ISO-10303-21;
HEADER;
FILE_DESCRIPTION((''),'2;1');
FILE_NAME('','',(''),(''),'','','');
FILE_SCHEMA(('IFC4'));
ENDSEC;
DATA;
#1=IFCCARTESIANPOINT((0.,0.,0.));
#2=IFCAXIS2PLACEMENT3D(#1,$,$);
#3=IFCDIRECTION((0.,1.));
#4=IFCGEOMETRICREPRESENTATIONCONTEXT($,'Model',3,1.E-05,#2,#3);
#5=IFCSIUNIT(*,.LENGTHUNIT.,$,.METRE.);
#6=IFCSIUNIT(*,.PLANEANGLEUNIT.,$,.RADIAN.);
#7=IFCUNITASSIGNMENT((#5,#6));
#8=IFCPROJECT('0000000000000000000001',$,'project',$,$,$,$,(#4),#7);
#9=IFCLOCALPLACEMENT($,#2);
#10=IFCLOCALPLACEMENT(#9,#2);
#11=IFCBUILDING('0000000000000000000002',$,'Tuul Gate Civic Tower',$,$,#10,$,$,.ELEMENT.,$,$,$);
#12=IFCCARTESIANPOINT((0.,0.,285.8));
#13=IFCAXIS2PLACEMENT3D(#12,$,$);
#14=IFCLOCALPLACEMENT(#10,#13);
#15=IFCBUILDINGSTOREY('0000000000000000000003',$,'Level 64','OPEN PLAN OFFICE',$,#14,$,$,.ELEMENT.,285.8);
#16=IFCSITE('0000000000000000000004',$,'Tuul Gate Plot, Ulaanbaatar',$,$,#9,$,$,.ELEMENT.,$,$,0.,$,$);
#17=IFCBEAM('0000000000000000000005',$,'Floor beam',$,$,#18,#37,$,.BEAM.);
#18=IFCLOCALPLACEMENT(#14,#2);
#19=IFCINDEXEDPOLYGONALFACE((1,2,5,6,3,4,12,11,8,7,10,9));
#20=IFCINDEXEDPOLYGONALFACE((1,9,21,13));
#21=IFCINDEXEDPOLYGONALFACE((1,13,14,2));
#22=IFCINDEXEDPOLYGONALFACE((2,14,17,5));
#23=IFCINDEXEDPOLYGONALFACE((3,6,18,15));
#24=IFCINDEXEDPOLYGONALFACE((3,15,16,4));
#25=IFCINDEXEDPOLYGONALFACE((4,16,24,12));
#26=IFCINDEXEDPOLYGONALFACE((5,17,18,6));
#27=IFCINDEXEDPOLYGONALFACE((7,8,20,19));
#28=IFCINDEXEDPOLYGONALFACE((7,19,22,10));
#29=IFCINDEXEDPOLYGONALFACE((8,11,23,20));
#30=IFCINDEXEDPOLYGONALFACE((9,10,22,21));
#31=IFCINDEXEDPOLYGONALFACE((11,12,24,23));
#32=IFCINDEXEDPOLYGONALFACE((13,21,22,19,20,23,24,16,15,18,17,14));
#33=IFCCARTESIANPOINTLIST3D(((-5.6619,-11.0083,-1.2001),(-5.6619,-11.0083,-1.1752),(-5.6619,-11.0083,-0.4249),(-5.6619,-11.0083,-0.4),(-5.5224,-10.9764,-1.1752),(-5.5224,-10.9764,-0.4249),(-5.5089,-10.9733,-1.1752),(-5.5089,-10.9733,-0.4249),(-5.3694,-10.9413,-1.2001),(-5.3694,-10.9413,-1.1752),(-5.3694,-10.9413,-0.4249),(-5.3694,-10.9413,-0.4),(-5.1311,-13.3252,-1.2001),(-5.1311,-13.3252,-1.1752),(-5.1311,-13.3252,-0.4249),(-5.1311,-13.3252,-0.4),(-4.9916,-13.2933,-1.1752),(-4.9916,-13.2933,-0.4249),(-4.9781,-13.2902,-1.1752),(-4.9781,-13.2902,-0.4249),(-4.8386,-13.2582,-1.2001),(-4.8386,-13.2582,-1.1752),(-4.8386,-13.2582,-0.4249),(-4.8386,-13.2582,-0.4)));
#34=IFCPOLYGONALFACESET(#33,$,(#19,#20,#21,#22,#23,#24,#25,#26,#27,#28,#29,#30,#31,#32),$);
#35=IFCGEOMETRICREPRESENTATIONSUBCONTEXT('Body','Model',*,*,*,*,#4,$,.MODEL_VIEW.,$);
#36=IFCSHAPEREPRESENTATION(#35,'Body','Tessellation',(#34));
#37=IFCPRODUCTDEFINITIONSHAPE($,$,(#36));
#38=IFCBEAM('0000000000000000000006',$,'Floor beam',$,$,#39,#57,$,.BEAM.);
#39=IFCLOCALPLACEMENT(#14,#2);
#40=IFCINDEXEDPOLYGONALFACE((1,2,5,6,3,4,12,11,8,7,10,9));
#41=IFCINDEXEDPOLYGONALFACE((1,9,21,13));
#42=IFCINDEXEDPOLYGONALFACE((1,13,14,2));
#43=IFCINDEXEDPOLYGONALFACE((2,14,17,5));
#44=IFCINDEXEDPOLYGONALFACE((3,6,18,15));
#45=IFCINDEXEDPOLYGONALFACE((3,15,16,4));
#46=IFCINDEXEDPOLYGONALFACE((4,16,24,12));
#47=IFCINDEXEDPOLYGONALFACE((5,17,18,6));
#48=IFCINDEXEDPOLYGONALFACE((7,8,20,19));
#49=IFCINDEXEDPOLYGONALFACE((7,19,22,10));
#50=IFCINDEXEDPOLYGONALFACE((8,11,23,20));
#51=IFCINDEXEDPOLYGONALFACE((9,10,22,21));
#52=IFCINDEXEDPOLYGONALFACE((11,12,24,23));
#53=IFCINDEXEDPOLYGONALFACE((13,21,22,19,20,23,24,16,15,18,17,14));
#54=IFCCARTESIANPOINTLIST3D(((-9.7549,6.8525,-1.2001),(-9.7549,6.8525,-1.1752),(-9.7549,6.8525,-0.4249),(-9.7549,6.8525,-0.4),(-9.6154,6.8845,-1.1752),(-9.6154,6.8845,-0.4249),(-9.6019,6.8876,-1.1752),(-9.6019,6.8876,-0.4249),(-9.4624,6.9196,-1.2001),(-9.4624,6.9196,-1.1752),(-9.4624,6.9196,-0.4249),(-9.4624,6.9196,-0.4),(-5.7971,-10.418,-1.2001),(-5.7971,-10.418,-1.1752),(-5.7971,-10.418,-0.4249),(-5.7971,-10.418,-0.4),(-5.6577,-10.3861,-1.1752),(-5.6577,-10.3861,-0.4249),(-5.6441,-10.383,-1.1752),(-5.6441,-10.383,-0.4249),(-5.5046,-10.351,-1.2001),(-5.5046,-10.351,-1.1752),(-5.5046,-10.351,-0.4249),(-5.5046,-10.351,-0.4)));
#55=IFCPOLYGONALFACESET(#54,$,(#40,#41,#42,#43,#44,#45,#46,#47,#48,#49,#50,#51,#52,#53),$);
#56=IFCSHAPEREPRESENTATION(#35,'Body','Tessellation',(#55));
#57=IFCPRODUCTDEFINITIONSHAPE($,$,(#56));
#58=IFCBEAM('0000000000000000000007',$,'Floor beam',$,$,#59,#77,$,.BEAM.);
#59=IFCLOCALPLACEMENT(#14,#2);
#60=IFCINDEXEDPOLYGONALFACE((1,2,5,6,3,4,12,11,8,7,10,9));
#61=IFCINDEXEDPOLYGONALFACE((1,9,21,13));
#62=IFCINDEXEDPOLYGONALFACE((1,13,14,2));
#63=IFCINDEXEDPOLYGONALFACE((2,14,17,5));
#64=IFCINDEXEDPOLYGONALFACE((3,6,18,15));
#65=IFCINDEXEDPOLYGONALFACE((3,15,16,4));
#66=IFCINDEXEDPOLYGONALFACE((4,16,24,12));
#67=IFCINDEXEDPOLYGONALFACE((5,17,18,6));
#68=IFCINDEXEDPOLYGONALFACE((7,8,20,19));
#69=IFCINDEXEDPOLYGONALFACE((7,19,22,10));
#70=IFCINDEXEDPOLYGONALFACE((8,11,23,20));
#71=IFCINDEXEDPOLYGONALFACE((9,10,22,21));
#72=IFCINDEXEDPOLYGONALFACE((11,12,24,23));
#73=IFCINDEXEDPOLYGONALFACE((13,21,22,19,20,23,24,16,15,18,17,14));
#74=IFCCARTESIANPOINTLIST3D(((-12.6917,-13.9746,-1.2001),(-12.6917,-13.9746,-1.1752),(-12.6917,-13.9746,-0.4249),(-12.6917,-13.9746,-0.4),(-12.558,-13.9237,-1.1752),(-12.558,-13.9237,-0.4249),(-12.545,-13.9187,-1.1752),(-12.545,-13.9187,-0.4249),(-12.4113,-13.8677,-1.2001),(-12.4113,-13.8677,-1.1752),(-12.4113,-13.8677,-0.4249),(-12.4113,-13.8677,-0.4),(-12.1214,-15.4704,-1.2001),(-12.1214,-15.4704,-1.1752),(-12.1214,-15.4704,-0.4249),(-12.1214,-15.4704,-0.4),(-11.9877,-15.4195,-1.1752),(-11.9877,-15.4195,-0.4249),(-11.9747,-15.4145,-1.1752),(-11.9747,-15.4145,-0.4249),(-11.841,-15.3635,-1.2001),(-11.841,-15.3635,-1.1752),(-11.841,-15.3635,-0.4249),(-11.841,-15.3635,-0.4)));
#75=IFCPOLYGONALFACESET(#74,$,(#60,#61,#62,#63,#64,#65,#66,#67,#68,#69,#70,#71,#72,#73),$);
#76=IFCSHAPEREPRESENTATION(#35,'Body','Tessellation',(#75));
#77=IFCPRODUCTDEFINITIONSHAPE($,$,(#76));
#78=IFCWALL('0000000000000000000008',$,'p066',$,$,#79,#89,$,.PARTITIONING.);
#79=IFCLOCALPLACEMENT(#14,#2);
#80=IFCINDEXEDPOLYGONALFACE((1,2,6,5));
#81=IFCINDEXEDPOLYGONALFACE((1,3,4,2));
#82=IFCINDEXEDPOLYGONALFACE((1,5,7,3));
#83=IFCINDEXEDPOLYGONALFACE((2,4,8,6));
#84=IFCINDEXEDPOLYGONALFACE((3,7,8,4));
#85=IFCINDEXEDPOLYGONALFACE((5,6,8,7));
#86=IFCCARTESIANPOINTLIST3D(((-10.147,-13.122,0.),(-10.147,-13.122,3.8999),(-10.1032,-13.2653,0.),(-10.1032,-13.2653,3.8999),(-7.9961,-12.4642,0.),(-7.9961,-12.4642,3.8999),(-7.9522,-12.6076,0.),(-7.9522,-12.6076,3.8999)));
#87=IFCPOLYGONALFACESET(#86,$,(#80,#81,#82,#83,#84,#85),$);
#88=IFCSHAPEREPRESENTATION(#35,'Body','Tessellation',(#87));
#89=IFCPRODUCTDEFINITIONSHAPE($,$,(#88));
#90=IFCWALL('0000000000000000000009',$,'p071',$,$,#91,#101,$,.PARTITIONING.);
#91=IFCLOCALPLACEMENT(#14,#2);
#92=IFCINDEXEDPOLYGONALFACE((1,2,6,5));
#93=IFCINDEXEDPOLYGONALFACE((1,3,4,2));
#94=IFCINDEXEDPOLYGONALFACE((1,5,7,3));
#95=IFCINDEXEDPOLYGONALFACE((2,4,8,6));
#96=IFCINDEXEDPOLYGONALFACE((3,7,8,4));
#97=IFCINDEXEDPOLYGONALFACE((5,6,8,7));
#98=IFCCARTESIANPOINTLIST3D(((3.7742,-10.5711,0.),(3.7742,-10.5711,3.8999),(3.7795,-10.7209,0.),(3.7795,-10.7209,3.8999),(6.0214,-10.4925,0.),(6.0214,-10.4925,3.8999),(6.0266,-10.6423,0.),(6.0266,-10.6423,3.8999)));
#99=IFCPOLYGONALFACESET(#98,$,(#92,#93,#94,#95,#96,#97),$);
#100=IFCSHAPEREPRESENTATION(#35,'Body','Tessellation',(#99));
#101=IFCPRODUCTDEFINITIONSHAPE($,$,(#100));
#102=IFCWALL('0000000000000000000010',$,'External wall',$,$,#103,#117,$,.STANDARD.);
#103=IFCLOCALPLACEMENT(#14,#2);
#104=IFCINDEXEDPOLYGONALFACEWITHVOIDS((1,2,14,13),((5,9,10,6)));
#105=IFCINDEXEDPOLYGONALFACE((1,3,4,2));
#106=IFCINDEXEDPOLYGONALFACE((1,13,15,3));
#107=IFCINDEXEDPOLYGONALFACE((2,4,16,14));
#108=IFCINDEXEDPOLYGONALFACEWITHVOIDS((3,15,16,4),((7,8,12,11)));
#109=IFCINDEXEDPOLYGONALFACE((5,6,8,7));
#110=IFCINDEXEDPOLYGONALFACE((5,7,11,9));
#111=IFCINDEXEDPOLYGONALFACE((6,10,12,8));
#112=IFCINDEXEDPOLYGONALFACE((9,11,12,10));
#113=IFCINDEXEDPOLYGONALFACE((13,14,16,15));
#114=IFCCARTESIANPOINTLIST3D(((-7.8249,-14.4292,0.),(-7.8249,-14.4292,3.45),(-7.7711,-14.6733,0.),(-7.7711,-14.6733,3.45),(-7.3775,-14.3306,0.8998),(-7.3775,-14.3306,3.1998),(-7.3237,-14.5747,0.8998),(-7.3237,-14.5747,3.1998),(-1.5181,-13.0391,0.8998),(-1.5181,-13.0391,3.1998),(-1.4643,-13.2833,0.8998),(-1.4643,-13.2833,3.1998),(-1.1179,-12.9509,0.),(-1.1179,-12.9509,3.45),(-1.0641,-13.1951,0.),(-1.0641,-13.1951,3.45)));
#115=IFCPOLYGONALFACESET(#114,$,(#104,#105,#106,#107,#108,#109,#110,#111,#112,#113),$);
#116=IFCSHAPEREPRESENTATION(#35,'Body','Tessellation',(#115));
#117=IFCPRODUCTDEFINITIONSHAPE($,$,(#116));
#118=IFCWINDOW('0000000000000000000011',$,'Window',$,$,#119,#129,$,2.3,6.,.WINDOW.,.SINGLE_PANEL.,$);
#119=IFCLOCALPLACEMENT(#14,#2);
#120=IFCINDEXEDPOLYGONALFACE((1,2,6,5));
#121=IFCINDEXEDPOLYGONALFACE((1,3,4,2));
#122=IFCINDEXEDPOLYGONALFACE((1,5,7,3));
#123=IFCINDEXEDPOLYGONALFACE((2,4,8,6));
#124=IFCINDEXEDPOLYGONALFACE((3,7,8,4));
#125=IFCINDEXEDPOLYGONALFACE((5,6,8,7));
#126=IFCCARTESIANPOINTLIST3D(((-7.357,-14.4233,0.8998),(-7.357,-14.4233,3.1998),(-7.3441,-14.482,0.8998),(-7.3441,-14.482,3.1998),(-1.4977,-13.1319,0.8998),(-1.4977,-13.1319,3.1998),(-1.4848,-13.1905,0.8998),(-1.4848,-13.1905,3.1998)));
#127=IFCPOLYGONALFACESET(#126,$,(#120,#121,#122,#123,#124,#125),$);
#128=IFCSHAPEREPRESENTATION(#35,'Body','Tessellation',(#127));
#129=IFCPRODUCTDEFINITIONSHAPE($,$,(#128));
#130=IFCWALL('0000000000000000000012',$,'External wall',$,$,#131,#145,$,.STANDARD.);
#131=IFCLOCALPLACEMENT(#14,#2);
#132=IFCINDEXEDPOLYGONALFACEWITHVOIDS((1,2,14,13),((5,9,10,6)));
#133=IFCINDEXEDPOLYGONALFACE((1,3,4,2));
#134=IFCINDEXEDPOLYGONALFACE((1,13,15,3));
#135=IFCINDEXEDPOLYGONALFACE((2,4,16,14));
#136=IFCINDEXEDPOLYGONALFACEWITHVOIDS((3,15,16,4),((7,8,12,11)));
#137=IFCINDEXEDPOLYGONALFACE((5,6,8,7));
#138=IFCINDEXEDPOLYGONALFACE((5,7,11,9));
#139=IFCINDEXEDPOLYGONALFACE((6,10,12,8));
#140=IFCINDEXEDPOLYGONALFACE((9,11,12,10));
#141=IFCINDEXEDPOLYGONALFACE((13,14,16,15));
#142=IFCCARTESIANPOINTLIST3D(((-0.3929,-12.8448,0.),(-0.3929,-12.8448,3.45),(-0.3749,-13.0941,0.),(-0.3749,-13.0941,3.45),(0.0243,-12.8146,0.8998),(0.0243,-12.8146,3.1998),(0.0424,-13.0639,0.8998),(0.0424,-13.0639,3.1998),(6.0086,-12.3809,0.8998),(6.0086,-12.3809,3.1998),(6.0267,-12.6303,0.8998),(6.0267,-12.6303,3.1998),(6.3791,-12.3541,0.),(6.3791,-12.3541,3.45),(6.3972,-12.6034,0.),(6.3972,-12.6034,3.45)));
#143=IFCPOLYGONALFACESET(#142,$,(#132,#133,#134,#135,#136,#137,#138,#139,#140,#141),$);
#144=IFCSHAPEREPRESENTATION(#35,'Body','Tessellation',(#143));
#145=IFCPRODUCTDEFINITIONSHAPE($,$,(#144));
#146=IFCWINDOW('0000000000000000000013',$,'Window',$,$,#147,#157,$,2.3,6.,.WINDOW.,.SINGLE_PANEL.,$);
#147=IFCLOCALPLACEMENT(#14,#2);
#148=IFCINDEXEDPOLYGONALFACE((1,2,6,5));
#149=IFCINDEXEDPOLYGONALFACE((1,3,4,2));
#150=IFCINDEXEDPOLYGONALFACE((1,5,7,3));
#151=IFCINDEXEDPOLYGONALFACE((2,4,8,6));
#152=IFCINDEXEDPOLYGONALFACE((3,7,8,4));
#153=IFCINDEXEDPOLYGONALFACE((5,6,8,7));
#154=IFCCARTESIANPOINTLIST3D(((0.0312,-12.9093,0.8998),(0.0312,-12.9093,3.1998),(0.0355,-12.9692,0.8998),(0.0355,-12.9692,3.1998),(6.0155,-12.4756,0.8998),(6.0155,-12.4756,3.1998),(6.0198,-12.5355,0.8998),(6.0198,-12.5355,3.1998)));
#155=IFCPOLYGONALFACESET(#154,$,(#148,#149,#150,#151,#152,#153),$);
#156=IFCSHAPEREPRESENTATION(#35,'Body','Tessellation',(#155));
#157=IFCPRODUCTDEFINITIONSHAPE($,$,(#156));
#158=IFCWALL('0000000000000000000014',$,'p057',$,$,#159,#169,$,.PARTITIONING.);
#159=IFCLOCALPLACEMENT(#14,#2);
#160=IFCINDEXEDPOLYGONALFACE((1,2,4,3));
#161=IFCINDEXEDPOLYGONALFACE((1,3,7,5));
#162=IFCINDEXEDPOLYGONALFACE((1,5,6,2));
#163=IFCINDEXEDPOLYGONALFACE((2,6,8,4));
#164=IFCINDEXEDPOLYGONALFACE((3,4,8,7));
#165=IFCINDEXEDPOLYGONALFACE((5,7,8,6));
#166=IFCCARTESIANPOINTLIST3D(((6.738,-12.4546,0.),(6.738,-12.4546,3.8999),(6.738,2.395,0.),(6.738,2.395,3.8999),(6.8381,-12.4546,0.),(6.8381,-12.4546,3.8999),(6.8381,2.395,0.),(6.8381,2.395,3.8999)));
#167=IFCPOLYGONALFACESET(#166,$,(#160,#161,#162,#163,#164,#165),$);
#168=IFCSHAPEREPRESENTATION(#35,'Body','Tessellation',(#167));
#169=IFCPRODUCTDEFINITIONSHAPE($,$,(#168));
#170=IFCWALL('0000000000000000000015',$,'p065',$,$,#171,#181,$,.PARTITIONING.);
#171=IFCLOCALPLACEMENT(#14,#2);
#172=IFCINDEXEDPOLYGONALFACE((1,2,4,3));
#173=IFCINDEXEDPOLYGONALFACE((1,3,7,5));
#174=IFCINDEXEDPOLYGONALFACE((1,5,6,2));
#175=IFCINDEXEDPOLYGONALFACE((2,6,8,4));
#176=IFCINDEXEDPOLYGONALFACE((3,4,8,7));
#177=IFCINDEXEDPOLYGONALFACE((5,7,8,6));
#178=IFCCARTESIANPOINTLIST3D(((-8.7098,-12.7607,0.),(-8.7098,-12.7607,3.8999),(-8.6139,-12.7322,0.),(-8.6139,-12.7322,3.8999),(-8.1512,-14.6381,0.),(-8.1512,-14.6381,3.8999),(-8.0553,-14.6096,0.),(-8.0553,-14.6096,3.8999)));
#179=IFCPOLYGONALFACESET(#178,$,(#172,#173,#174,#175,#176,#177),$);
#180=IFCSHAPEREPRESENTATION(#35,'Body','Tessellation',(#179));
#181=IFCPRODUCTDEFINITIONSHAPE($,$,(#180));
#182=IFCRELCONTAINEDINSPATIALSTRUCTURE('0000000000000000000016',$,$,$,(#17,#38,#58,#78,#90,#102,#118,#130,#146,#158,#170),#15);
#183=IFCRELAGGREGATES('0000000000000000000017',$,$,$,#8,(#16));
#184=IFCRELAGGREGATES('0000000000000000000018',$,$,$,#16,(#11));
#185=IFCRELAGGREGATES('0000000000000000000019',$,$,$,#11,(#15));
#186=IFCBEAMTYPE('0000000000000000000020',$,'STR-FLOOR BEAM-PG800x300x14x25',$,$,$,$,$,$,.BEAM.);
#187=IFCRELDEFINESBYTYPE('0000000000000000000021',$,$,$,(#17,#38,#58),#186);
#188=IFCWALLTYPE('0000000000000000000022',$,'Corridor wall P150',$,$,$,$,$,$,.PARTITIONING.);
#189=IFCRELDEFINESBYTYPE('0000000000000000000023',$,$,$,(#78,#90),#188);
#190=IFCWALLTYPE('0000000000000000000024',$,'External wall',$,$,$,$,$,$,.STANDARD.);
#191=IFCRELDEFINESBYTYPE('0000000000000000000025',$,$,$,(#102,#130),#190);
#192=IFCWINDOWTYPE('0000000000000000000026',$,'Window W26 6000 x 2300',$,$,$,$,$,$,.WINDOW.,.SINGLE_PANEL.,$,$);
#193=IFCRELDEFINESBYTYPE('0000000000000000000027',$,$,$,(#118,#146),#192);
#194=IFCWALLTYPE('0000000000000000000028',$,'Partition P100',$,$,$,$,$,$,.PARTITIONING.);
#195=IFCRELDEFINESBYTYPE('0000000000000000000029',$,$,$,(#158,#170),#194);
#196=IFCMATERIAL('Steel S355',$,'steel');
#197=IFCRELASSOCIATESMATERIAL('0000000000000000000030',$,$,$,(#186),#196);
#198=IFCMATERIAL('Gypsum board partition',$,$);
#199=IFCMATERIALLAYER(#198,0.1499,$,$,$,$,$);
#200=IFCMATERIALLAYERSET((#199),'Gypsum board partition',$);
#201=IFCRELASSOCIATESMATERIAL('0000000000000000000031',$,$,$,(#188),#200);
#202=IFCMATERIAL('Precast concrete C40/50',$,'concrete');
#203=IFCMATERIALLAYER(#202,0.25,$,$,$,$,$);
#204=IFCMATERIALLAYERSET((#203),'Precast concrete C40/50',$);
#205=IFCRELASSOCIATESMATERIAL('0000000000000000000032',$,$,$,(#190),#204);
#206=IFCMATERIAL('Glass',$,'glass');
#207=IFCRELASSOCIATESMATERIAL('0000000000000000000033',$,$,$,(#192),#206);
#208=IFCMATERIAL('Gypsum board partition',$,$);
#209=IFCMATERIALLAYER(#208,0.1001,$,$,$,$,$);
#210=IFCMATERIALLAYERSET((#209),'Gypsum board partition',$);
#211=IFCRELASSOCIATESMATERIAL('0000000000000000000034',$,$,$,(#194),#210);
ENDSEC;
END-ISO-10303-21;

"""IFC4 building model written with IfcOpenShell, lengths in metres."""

from ifc_helpers import new_model, si_unit, direction, frame, frame_2d, origin, origin_2d, place, context, subcontext, project, spatial, rectangle, i_section, extrude, material, layer, layer_set, material_profile, profile_set, type_object, element, fill, save


model = new_model("IFC4")

# Units and contexts
model_context = context("Model", 3, precision=1e-05, world=origin(), true_north=direction((0.0, 1.0)))
body_context = subcontext(model_context, "Body", "Model", "MODEL_VIEW")
ifc_project = project(units=[si_unit("LENGTHUNIT", "METRE"), si_unit("PLANEANGLEUNIT", "RADIAN")], contexts=[model_context])

# Site, building, storey
site_placement = place(None, origin())
site = spatial("IfcSite", under=ifc_project, at=site_placement, Name="Tuul Gate Plot, Ulaanbaatar", CompositionType="ELEMENT", RefElevation=0.0)
building_placement = place(site_placement, origin())
building = spatial("IfcBuilding", under=site, at=building_placement, Name="Tuul Gate Civic Tower", CompositionType="ELEMENT")
storey_placement = place(building_placement, frame((0.0, 0.0, 285.8)))
storey = spatial("IfcBuildingStorey", under=building, at=storey_placement, Name="Level 64", Description="OPEN PLAN OFFICE", CompositionType="ELEMENT", Elevation=285.8)

# Beams
ifc_material_1 = material(Name="Steel S355", Category="steel")
ifc_material_profile_1 = material_profile(ifc_material_1, i_section(OverallWidth=0.3, OverallDepth=0.8, WebThickness=0.0139, FlangeThickness=0.0249, at=origin_2d()), Name="PG800x300x14x25")
ifc_profile_set_1 = profile_set([ifc_material_profile_1], Name="Steel S355")
beam_type = type_object("IfcBeamType", Name="STR-FLOOR BEAM-PG800x300x14x25", PredefinedType="BEAM", material=ifc_profile_set_1)
beam_1_placement = place(storey_placement, frame((-4.9849, -13.2917, -0.8), z_axis=(-0.223299, 0.97475, 0.0), x_axis=(-0.97475, -0.223299, 0.0)))
element("IfcBeam", 1, at=beam_1_placement, inside=storey, type_object=beam_type, Name="Floor beam", PredefinedType="BEAM", context=body_context, shape_type="SweptSolid", body=[
    extrude(i_section(OverallWidth=0.3, OverallDepth=0.8, WebThickness=0.0139, FlangeThickness=0.0249, at=origin_2d()), origin(), (0.0, 0.0, 1.0), 2.377),
])
beam_2_placement = place(storey_placement, frame((-5.6509, -10.3845, -0.8), z_axis=(-0.223373, 0.974733, 0.0), x_axis=(-0.974733, -0.223373, 0.0)))
element("IfcBeam", 2, at=beam_2_placement, inside=storey, type_object=beam_type, Name="Floor beam", PredefinedType="BEAM", context=body_context, shape_type="SweptSolid", body=[
    extrude(i_section(OverallWidth=0.3, OverallDepth=0.8, WebThickness=0.0139, FlangeThickness=0.0249, at=origin_2d()), origin(), (0.0, 0.0, 1.0), 17.7183),
])
beam_3_placement = place(storey_placement, frame((-11.9812, -15.417, -0.8), z_axis=(-0.356249, 0.934391, 0.0), x_axis=(-0.934391, -0.356249, 0.0)))
element("IfcBeam", 3, at=beam_3_placement, inside=storey, type_object=beam_type, Name="Floor beam", PredefinedType="BEAM", context=body_context, shape_type="SweptSolid", body=[
    extrude(i_section(OverallWidth=0.3, OverallDepth=0.8, WebThickness=0.0139, FlangeThickness=0.0249, at=origin_2d()), origin(), (0.0, 0.0, 1.0), 1.6008),
])

# Walls
ifc_material_2 = material(Name="Gypsum board partition")
ifc_layer_1 = layer(ifc_material_2, 0.1499)
ifc_layer_set_1 = layer_set([ifc_layer_1], Name="Gypsum board partition")
wall_type_1 = type_object("IfcWallType", Name="Corridor wall P150", PredefinedType="PARTITIONING", material=ifc_layer_set_1)
wall_1_placement = place(storey_placement, frame((-10.125, -13.1936, 0.0), z_axis=(0.0, 0.0, 1.0), x_axis=(0.956289, 0.292423, 0.0)))
element("IfcWall", 4, at=wall_1_placement, inside=storey, type_object=wall_type_1, Name="p066", PredefinedType="PARTITIONING", context=body_context, shape_type="SweptSolid", body=[
    extrude(rectangle(XDim=2.2493, YDim=0.1499, at=frame_2d((1.1245, 0.0))), origin(), (0.0, 0.0, 1.0), 3.8999),
])
wall_2_placement = place(storey_placement, frame((3.7769, -10.646, 0.0), z_axis=(0.0, 0.0, 1.0), x_axis=(0.999389, 0.034963, 0.0)))
element("IfcWall", 5, at=wall_2_placement, inside=storey, type_object=wall_type_1, Name="p071", PredefinedType="PARTITIONING", context=body_context, shape_type="SweptSolid", body=[
    extrude(rectangle(XDim=2.2485, YDim=0.1499, at=frame_2d((1.1243, 0.0))), origin(), (0.0, 0.0, 1.0), 3.8999),
])

# Walls, openings, windows
ifc_material_3 = material(Name="Precast concrete C40/50", Category="concrete")
ifc_layer_2 = layer(ifc_material_3, 0.25)
ifc_layer_set_2 = layer_set([ifc_layer_2], Name="Precast concrete C40/50")
wall_type_2 = type_object("IfcWallType", Name="External wall", PredefinedType="STANDARD", material=ifc_layer_set_2)
wall_3_placement = place(storey_placement, frame((-7.7981, -14.5513, 0.0), z_axis=(0.0, 0.0, 1.0), x_axis=(0.976561, 0.21524, 0.0)))
wall_3 = element("IfcWall", 6, at=wall_3_placement, inside=storey, type_object=wall_type_2, Name="External wall", PredefinedType="STANDARD", context=body_context, shape_type="SweptSolid", body=[
    extrude(rectangle(XDim=6.8679, YDim=0.25, at=frame_2d((3.4341, 0.0))), origin(), (0.0, 0.0, 1.0), 3.45),
])
opening_1_placement = place(wall_3_placement, frame((0.4583, 0.0, 0.8999)))
opening_1 = element("IfcOpeningElement", 7, at=opening_1_placement, cuts=wall_3, PredefinedType="OPENING", context=body_context, shape_type="SweptSolid", body=[
    extrude(rectangle(XDim=6.0, YDim=2.3, at=frame_2d((3.0, 1.1499))), frame((0.0, 0.135, 0.0), z_axis=(0.0, -1.0, 0.0), x_axis=(1.0, 0.0, 0.0)), (0.0, 0.0, 1.0), 0.27),
])
ifc_material_4 = material(Name="Glass", Category="glass")
window_type = type_object("IfcWindowType", Name="Window W26 6000 x 2300", PartitioningType="SINGLE_PANEL", PredefinedType="WINDOW", material=ifc_material_4)
window_1_placement = place(opening_1_placement, origin())
window_1 = element("IfcWindow", 8, at=window_1_placement, inside=storey, type_object=window_type, Name="Window", OverallHeight=2.3, OverallWidth=6.0, PartitioningType="SINGLE_PANEL", PredefinedType="WINDOW", context=body_context, shape_type="SweptSolid", body=[
    extrude(rectangle(XDim=6.0, YDim=2.3, at=frame_2d((3.0, 1.1499))), frame((0.0, 0.03, 0.0), z_axis=(0.0, -1.0, 0.0), x_axis=(1.0, 0.0, 0.0)), (0.0, 0.0, 1.0), 0.0601),
])
fill(opening_1, window_1)
wall_4_placement = place(storey_placement, frame((-0.384, -12.9695, 0.0), z_axis=(0.0, 0.0, 1.0), x_axis=(0.997385, 0.072274, 0.0)))
wall_4 = element("IfcWall", 9, at=wall_4_placement, inside=storey, type_object=wall_type_2, Name="External wall", PredefinedType="STANDARD", context=body_context, shape_type="SweptSolid", body=[
    extrude(rectangle(XDim=6.7898, YDim=0.25, at=frame_2d((3.395, 0.0))), origin(), (0.0, 0.0, 1.0), 3.45),
])
opening_2_placement = place(wall_4_placement, frame((0.4185, 0.0, 0.8999)))
opening_2 = element("IfcOpeningElement", 10, at=opening_2_placement, cuts=wall_4, PredefinedType="OPENING", context=body_context, shape_type="SweptSolid", body=[
    extrude(rectangle(XDim=6.0, YDim=2.3, at=frame_2d((3.0, 1.1499))), frame((0.0, 0.135, 0.0), z_axis=(0.0, -1.0, 0.0), x_axis=(1.0, 0.0, 0.0)), (0.0, 0.0, 1.0), 0.27),
])
window_2_placement = place(opening_2_placement, origin())
window_2 = element("IfcWindow", 11, at=window_2_placement, inside=storey, type_object=window_type, Name="Window", OverallHeight=2.3, OverallWidth=6.0, PartitioningType="SINGLE_PANEL", PredefinedType="WINDOW", context=body_context, shape_type="SweptSolid", body=[
    extrude(rectangle(XDim=6.0, YDim=2.3, at=frame_2d((3.0, 1.1499))), frame((0.0, 0.03, 0.0), z_axis=(0.0, -1.0, 0.0), x_axis=(1.0, 0.0, 0.0)), (0.0, 0.0, 1.0), 0.0601),
])
fill(opening_2, window_2)

# Walls
ifc_material_5 = material(Name="Gypsum board partition")
ifc_layer_3 = layer(ifc_material_5, 0.1001)
ifc_layer_set_3 = layer_set([ifc_layer_3], Name="Gypsum board partition")
wall_type_3 = type_object("IfcWallType", Name="Partition P100", PredefinedType="PARTITIONING", material=ifc_layer_set_3)
wall_5_placement = place(storey_placement, frame((6.7881, -12.4546, 0.0), z_axis=(0.0, 0.0, 1.0), x_axis=(0.0, 1.0, 0.0)))
element("IfcWall", 12, at=wall_5_placement, inside=storey, type_object=wall_type_3, Name="p057", PredefinedType="PARTITIONING", context=body_context, shape_type="SweptSolid", body=[
    extrude(rectangle(XDim=14.8496, YDim=0.1001, at=frame_2d((7.4248, 0.0))), origin(), (0.0, 0.0, 1.0), 3.8999),
])
wall_6_placement = place(storey_placement, frame((-8.6619, -12.7463, 0.0), z_axis=(0.0, 0.0, 1.0), x_axis=(0.285175, -0.958476, 0.0)))
element("IfcWall", 13, at=wall_6_placement, inside=storey, type_object=wall_type_3, Name="p065", PredefinedType="PARTITIONING", context=body_context, shape_type="SweptSolid", body=[
    extrude(rectangle(XDim=1.9587, YDim=0.1001, at=frame_2d((0.9795, 0.0))), origin(), (0.0, 0.0, 1.0), 3.8999),
])

save(model, "model.ifc")
